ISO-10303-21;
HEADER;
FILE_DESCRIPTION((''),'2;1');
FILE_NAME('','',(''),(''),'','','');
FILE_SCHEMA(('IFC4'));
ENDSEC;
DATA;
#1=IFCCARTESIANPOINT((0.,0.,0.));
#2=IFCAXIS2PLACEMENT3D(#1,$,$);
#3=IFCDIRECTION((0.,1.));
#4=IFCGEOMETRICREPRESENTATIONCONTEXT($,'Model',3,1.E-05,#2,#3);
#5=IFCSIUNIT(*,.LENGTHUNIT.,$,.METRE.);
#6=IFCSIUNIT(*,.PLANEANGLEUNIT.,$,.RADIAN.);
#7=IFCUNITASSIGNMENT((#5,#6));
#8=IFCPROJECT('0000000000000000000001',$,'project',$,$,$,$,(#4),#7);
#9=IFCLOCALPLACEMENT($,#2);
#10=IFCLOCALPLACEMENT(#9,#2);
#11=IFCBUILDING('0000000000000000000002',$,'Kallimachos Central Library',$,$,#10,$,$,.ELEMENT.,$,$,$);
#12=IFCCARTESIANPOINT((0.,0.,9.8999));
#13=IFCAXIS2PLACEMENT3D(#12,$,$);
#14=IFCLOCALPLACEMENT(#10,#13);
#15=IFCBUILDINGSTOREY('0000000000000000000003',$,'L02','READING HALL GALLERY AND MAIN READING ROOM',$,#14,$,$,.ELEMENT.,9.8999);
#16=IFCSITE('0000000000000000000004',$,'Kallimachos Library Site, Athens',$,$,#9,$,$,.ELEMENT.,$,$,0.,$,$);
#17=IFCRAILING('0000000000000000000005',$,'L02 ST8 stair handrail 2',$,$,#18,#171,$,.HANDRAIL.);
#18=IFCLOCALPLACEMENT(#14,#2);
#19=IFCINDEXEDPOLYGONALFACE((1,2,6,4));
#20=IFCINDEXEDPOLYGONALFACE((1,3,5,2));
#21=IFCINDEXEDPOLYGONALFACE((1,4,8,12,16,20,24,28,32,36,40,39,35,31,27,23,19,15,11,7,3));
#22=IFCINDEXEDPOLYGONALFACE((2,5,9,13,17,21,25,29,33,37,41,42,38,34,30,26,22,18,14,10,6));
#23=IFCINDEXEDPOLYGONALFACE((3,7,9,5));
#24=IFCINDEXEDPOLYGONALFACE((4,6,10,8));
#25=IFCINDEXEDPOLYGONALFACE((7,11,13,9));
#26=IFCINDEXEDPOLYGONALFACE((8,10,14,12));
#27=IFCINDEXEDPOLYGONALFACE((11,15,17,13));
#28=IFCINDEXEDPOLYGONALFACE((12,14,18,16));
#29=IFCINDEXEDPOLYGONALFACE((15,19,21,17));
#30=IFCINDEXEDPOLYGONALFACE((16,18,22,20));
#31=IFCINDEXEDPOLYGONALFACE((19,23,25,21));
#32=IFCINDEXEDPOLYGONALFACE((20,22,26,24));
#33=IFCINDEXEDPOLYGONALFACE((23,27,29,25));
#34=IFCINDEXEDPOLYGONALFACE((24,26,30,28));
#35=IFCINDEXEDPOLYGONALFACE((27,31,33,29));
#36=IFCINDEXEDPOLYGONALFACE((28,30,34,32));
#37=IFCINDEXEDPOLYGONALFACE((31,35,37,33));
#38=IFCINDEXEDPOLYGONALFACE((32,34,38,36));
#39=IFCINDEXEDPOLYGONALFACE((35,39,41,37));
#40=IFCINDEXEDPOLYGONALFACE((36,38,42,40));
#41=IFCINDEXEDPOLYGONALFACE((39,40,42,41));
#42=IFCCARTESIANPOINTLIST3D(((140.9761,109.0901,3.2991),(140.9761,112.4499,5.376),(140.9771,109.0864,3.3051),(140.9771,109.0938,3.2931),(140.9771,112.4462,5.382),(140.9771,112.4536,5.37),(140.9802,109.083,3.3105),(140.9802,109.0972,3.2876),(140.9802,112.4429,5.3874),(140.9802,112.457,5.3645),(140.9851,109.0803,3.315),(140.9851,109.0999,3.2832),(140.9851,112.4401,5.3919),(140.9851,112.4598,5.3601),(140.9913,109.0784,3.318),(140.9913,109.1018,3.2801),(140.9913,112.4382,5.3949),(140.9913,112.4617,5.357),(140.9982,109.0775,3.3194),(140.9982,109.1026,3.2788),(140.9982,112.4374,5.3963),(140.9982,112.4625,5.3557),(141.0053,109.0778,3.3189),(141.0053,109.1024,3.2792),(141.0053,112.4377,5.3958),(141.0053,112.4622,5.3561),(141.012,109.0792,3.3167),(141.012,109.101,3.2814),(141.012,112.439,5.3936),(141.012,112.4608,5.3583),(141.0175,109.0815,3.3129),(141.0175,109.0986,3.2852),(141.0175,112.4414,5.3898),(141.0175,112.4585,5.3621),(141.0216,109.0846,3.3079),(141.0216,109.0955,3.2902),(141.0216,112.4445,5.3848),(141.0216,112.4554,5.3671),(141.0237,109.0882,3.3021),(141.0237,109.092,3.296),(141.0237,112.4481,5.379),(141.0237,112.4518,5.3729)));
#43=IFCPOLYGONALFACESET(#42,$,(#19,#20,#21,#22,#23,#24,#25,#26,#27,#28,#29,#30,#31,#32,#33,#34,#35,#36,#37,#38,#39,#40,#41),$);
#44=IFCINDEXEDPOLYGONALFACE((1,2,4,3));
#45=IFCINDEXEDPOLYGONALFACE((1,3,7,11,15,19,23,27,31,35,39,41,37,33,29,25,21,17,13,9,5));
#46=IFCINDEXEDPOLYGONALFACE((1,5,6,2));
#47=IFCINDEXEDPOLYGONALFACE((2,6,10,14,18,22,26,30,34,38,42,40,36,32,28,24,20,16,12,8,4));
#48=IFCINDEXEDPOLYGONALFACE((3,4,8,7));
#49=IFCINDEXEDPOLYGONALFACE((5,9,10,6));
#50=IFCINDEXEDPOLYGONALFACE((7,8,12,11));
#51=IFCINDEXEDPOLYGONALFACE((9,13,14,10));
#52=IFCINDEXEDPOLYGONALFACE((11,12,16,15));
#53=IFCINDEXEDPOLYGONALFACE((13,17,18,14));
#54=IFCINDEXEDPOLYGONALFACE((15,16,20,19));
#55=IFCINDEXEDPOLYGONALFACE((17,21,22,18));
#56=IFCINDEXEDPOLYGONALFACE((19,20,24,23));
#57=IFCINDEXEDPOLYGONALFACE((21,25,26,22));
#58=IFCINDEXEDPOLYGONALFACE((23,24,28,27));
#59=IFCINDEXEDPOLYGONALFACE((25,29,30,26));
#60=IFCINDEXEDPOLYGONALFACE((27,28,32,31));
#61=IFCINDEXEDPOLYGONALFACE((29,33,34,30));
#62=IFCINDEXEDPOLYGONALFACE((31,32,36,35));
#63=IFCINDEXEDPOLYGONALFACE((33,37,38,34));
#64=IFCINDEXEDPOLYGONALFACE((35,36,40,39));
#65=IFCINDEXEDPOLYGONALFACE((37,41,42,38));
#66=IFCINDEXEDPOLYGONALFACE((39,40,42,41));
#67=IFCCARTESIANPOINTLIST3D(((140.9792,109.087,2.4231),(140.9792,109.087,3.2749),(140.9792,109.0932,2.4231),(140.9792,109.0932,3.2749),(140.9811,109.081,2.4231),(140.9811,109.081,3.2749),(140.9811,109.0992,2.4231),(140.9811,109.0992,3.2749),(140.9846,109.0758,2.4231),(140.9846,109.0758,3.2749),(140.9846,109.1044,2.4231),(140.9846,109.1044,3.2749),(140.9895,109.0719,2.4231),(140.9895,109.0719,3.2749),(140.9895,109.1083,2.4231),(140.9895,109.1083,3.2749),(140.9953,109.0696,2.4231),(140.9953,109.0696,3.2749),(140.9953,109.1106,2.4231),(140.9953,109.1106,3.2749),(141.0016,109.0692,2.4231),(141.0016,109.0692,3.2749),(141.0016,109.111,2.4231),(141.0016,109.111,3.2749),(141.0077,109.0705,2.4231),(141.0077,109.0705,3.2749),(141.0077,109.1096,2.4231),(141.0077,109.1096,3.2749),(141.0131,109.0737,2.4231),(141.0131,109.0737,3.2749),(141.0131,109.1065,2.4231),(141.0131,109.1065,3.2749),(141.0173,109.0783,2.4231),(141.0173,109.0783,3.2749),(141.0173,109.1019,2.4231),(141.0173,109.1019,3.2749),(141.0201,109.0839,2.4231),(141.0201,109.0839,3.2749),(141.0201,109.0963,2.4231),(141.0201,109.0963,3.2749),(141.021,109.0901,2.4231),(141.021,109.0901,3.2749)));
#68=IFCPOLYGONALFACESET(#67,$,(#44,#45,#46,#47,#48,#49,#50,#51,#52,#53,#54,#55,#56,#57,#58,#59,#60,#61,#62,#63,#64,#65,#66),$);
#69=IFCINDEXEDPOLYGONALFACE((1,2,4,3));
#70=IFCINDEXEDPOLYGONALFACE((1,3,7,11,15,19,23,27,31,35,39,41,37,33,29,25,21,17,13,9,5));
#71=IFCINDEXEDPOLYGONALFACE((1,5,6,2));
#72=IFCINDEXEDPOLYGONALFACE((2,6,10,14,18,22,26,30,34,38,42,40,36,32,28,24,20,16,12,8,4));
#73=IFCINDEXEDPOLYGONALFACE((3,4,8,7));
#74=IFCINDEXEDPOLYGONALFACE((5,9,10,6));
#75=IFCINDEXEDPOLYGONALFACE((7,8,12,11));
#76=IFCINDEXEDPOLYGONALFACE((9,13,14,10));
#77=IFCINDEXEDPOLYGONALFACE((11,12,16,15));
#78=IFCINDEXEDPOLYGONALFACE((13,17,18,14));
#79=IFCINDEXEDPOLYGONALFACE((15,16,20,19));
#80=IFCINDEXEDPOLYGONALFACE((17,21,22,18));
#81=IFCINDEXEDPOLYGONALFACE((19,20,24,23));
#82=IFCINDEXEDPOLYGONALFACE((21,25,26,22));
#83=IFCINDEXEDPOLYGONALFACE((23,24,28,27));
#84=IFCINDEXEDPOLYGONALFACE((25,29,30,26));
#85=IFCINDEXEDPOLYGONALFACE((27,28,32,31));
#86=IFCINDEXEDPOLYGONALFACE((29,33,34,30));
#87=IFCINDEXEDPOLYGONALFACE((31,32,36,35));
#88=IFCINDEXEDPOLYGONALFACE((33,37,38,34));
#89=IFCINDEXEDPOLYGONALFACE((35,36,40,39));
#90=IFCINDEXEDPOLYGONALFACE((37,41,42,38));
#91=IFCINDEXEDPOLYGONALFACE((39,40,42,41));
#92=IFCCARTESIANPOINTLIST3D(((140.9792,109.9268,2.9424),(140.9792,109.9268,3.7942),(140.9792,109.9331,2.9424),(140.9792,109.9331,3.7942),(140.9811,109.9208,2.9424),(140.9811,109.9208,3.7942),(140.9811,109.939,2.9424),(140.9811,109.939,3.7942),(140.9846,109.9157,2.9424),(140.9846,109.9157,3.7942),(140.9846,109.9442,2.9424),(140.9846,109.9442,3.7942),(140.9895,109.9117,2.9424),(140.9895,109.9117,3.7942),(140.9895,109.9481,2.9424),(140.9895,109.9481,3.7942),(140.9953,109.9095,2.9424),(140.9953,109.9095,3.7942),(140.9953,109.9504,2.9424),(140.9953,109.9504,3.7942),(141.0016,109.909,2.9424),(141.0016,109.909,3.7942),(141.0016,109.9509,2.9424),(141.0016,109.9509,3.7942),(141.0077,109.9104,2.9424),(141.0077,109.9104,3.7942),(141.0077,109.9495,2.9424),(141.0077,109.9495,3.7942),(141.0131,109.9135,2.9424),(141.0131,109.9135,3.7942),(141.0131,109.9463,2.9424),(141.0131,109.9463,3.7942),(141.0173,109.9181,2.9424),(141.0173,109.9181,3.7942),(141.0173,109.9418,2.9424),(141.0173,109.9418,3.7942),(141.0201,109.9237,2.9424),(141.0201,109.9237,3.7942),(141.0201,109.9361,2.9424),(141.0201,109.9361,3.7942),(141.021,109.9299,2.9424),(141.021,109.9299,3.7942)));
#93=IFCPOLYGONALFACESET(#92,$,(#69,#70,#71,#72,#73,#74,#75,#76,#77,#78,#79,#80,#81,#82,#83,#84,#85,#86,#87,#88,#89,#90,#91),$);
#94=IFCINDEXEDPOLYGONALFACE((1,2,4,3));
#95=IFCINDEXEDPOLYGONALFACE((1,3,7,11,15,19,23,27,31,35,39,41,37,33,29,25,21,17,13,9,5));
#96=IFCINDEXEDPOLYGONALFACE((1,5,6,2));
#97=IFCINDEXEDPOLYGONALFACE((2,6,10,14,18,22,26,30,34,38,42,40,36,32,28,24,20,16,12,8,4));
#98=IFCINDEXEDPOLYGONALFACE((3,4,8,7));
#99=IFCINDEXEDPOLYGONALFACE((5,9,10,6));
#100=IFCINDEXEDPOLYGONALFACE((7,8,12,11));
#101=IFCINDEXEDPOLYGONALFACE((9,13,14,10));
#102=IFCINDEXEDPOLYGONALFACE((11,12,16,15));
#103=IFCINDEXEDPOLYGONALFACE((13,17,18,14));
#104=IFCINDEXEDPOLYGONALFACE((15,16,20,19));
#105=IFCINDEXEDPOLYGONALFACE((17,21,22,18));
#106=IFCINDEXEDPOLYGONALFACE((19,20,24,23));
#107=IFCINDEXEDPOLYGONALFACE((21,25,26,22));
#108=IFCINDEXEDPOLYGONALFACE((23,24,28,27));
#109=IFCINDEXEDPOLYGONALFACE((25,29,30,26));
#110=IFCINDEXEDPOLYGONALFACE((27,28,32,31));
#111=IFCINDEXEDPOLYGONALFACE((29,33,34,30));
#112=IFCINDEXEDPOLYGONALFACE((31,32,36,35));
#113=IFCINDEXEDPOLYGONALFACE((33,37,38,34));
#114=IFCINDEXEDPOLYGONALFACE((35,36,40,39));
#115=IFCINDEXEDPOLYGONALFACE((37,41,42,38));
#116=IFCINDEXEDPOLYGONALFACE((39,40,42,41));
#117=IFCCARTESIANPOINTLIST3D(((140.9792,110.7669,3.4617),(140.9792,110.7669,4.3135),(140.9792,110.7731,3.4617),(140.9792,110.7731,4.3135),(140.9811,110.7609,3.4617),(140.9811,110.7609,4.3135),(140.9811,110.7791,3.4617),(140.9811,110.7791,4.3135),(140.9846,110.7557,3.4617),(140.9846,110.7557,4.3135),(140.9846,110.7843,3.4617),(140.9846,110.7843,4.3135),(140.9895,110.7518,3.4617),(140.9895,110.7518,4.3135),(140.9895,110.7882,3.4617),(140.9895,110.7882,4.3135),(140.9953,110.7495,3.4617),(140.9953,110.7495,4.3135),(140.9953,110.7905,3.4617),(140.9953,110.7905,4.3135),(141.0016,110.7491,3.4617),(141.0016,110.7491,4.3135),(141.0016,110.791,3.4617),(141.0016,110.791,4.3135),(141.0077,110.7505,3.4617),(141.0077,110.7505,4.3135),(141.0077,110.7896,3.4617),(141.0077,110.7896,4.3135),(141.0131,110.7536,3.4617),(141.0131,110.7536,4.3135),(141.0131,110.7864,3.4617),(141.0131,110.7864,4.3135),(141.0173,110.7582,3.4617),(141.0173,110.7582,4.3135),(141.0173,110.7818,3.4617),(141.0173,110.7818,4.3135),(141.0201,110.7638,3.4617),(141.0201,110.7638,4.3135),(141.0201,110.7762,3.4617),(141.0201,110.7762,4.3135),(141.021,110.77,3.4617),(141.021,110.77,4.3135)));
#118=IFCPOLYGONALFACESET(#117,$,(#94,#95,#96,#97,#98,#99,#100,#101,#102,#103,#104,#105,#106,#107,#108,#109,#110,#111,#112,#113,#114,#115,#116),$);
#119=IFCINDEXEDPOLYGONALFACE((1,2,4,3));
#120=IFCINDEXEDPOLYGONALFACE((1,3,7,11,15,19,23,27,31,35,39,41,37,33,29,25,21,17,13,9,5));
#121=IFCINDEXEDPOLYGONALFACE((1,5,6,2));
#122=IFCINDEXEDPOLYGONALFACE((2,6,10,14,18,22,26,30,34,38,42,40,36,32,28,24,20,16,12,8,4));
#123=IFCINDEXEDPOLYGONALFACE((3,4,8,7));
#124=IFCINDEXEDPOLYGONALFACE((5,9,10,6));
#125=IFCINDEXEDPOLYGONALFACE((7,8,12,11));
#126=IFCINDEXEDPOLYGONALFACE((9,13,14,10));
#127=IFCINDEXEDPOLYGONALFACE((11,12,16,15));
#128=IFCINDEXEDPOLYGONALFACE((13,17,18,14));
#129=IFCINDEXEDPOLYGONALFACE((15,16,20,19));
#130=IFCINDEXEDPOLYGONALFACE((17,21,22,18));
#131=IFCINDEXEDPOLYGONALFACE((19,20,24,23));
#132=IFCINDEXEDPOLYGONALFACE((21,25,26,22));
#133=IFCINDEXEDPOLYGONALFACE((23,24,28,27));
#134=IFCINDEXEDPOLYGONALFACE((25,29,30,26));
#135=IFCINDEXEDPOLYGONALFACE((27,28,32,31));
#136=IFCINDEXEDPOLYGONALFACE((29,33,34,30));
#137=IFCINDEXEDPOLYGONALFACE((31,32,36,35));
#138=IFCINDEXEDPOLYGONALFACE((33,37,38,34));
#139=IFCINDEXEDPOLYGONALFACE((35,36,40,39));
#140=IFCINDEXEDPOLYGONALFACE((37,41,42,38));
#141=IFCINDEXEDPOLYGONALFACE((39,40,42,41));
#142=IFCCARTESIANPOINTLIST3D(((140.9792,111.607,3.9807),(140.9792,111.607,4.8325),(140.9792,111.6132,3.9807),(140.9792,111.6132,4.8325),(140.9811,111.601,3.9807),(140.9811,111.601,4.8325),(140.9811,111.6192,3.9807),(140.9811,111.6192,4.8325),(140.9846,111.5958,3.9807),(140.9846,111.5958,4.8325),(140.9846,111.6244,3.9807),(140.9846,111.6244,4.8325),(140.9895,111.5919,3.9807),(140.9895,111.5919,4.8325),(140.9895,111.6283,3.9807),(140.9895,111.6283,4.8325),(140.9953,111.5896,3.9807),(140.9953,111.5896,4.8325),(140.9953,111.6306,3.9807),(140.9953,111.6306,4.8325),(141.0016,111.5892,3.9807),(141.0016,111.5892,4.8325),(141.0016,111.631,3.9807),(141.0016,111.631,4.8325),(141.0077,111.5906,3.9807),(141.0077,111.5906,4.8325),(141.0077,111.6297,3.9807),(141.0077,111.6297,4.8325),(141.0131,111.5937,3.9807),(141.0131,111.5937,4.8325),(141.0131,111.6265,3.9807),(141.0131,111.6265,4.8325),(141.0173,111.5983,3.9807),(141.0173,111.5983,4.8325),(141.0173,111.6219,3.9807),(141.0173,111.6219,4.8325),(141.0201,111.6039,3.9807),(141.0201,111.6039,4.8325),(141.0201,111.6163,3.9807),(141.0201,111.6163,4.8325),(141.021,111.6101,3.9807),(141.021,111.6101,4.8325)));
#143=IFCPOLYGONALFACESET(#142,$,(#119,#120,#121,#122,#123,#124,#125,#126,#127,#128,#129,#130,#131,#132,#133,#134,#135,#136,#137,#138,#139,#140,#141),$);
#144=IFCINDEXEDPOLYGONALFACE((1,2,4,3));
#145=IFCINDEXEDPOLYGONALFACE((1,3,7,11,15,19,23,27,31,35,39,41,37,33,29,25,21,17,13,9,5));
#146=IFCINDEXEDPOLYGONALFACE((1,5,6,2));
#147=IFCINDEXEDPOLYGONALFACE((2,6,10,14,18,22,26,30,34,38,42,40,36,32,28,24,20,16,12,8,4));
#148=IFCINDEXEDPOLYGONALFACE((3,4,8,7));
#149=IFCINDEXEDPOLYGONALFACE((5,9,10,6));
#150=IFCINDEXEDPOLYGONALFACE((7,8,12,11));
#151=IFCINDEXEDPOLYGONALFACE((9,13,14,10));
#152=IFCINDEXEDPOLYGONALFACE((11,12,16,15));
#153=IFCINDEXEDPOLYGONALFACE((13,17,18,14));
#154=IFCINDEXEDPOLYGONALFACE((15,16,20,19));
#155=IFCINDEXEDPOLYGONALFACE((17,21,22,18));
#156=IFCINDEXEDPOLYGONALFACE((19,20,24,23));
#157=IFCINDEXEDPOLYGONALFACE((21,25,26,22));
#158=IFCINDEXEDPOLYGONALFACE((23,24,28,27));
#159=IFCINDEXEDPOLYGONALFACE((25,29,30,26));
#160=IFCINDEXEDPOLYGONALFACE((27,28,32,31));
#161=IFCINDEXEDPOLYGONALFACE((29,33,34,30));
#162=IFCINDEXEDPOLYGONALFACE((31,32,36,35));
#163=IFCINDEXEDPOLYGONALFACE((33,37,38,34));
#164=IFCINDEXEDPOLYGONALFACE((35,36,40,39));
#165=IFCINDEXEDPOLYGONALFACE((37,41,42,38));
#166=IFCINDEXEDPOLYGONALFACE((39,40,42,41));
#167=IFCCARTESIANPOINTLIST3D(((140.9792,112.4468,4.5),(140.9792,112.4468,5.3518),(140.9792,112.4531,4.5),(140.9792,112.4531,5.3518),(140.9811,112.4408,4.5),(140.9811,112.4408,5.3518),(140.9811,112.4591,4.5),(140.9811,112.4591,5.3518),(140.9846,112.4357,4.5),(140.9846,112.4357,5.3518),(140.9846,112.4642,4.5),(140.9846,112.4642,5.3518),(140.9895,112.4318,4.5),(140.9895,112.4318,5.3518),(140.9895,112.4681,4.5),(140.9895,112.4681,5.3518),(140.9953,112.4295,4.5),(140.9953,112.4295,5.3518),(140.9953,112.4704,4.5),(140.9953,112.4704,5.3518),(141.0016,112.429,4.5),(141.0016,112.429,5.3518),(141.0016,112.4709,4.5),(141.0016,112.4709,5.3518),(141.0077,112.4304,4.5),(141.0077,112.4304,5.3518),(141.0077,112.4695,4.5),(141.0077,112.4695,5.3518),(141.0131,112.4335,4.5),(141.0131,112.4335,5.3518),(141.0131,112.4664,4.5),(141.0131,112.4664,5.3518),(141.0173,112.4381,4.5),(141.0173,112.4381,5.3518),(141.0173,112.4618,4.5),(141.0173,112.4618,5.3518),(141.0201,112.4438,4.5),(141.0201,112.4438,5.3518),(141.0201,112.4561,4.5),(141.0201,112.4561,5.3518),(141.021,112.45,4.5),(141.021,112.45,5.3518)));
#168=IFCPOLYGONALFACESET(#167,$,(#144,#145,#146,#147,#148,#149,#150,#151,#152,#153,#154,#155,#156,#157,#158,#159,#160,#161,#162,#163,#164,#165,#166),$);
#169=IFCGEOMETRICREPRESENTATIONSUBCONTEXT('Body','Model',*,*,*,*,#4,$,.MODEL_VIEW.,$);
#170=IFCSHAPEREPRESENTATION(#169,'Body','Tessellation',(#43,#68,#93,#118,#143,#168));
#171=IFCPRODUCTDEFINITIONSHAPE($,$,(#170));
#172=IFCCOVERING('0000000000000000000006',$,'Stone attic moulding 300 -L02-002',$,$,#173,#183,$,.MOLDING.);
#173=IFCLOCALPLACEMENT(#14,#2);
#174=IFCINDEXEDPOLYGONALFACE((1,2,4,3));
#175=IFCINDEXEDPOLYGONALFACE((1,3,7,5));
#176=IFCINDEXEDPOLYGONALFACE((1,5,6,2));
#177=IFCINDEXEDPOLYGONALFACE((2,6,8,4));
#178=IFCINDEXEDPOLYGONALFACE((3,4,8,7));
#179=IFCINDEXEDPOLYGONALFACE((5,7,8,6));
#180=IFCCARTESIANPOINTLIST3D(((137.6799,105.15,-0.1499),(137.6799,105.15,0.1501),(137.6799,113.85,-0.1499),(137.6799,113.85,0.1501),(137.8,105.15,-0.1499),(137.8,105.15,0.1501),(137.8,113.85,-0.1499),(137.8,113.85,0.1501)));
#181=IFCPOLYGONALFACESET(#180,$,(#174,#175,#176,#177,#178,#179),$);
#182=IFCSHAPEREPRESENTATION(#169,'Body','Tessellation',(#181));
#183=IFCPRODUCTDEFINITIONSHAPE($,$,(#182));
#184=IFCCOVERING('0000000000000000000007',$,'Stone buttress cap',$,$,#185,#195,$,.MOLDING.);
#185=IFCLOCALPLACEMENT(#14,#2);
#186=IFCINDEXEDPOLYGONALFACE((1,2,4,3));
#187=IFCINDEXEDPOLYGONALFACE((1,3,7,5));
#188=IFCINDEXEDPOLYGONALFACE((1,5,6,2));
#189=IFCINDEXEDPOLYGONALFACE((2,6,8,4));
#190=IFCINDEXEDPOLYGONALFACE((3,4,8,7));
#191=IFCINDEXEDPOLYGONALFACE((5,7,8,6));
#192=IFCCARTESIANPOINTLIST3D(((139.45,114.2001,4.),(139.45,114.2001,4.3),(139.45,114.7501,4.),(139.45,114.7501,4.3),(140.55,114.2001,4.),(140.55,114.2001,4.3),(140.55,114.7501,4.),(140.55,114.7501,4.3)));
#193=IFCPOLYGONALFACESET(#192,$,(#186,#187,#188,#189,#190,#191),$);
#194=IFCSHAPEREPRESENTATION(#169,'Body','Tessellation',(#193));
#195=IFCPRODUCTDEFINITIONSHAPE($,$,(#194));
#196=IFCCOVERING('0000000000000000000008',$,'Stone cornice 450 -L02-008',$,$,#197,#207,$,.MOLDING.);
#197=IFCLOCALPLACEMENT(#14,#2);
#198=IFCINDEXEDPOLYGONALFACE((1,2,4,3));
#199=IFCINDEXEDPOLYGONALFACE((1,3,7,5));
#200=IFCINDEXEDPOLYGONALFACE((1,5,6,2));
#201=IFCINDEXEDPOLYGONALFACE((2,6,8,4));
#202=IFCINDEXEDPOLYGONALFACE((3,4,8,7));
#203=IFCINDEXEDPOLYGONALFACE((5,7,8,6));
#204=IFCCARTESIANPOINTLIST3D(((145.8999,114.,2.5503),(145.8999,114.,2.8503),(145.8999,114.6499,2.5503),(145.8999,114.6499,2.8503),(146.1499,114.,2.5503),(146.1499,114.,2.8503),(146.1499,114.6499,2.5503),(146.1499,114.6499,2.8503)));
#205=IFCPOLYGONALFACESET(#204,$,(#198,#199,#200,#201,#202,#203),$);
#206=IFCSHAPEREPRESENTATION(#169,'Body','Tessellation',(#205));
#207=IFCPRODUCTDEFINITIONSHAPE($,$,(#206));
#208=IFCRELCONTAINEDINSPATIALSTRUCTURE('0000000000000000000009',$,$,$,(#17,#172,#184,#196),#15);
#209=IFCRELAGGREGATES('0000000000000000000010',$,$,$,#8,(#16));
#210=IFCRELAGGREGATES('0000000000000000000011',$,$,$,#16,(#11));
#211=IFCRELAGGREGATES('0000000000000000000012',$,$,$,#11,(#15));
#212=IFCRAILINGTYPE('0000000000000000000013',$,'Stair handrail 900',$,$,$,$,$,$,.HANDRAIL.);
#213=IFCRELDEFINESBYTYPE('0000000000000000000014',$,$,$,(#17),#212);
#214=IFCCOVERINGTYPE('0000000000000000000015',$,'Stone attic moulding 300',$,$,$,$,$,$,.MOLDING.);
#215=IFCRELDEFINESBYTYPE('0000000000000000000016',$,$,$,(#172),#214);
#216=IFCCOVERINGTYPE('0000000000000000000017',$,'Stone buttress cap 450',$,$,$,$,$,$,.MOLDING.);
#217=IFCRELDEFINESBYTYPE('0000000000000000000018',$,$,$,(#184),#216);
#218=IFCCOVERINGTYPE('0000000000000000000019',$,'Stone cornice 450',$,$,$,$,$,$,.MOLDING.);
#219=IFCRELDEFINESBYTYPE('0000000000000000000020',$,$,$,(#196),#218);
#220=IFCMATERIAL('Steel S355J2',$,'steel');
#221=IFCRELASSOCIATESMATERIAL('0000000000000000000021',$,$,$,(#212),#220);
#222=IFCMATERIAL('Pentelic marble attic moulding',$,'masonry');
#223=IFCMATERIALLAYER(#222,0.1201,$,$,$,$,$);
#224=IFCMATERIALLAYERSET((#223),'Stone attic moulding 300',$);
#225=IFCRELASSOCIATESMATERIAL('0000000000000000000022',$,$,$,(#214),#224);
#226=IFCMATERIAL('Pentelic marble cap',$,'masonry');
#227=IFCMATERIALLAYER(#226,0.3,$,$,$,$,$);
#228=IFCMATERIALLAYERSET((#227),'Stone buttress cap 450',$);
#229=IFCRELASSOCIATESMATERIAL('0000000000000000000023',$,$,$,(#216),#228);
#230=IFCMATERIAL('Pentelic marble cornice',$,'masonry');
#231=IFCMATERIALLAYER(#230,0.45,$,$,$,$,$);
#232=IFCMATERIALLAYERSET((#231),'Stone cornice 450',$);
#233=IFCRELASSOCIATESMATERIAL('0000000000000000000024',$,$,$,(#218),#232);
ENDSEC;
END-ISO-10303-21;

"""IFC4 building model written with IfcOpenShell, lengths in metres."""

from ifc_helpers import new_model, si_unit, direction, frame, origin, origin_2d, place, context, subcontext, project, spatial, rectangle, circle, extrude, material, layer, layer_set, type_object, element, save


model = new_model("IFC4")

# Units and contexts
model_context = context("Model", 3, precision=1e-05, world=origin(), true_north=direction((0.0, 1.0)))
body_context = subcontext(model_context, "Body", "Model", "MODEL_VIEW")
ifc_project = project(units=[si_unit("LENGTHUNIT", "METRE"), si_unit("PLANEANGLEUNIT", "RADIAN")], contexts=[model_context])

# Site, building, storey
site_placement = place(None, origin())
site = spatial("IfcSite", under=ifc_project, at=site_placement, Name="Kallimachos Library Site, Athens", CompositionType="ELEMENT", RefElevation=0.0)
building_placement = place(site_placement, origin())
building = spatial("IfcBuilding", under=site, at=building_placement, Name="Kallimachos Central Library", CompositionType="ELEMENT")
storey_placement = place(building_placement, frame((0.0, 0.0, 9.8999)))
storey = spatial("IfcBuildingStorey", under=building, at=storey_placement, Name="L02", Description="READING HALL GALLERY AND MAIN READING ROOM", CompositionType="ELEMENT", Elevation=9.8999)

# Railing
ifc_material_1 = material(Name="Steel S355J2", Category="steel")
railing_type_1 = type_object("IfcRailingType", Name="Stair handrail 900", PredefinedType="HANDRAIL", material=ifc_material_1)
railing_1_placement = place(storey_placement, frame((141.0, 109.0901, 2.4231)))
element("IfcRailing", 1, at=railing_1_placement, inside=storey, type_object=railing_type_1, Name="L02 ST8 stair handrail 2", PredefinedType="HANDRAIL", context=body_context, shape_type="SweptSolid", body=[
    extrude(circle(Radius=0.0239, at=origin_2d()), frame((0.0, 0.0, 0.876), z_axis=(0.0, 0.850606, 0.525803), x_axis=(-1.0, 0.0, 0.0)), (0.0, 0.0, 1.0), 3.95),
    extrude(circle(Radius=0.021, at=origin_2d()), origin(), (0.0, 0.0, 1.0), 0.8518),
    extrude(circle(Radius=0.021, at=origin_2d()), frame((0.0, 0.8398, 0.5193)), (0.0, 0.0, 1.0), 0.8518),
    extrude(circle(Radius=0.021, at=origin_2d()), frame((0.0, 1.6799, 1.0386)), (0.0, 0.0, 1.0), 0.8518),
    extrude(circle(Radius=0.021, at=origin_2d()), frame((0.0, 2.52, 1.5576)), (0.0, 0.0, 1.0), 0.8518),
    extrude(circle(Radius=0.021, at=origin_2d()), frame((0.0, 3.3599, 2.0769)), (0.0, 0.0, 1.0), 0.8518),
])

# Coverings
ifc_material_2 = material(Name="Pentelic marble attic moulding", Category="masonry")
ifc_layer_1 = layer(ifc_material_2, 0.1201)
ifc_layer_set_1 = layer_set([ifc_layer_1], Name="Stone attic moulding 300")
covering_type_1 = type_object("IfcCoveringType", Name="Stone attic moulding 300", PredefinedType="MOLDING", material=ifc_layer_set_1)
covering_1_placement = place(storey_placement, frame((137.74, 109.5, -0.1499), z_axis=(0.0, 0.0, 1.0), x_axis=(1.0, 0.0, 0.0)))
element("IfcCovering", 2, at=covering_1_placement, inside=storey, type_object=covering_type_1, Name="Stone attic moulding 300 -L02-002", PredefinedType="MOLDING", context=body_context, shape_type="SweptSolid", body=[
    extrude(rectangle(XDim=0.1201, YDim=8.7, at=origin_2d()), origin(), (0.0, 0.0, 1.0), 0.3),
])
ifc_material_3 = material(Name="Pentelic marble cap", Category="masonry")
ifc_layer_2 = layer(ifc_material_3, 0.3)
ifc_layer_set_2 = layer_set([ifc_layer_2], Name="Stone buttress cap 450")
covering_type_2 = type_object("IfcCoveringType", Name="Stone buttress cap 450", PredefinedType="MOLDING", material=ifc_layer_set_2)
covering_2_placement = place(storey_placement, frame((140.0, 114.4751, 4.0), z_axis=(0.0, 0.0, 1.0), x_axis=(1.0, 0.0, 0.0)))
element("IfcCovering", 3, at=covering_2_placement, inside=storey, type_object=covering_type_2, Name="Stone buttress cap", PredefinedType="MOLDING", context=body_context, shape_type="SweptSolid", body=[
    extrude(rectangle(XDim=1.1001, YDim=0.55, at=origin_2d()), origin(), (0.0, 0.0, 1.0), 0.3),
])
ifc_material_4 = material(Name="Pentelic marble cornice", Category="masonry")
ifc_layer_3 = layer(ifc_material_4, 0.45)
ifc_layer_set_3 = layer_set([ifc_layer_3], Name="Stone cornice 450")
covering_type_3 = type_object("IfcCoveringType", Name="Stone cornice 450", PredefinedType="MOLDING", material=ifc_layer_set_3)
covering_3_placement = place(storey_placement, frame((146.0249, 114.325, 2.5503), z_axis=(0.0, 0.0, 1.0), x_axis=(1.0, 0.0, 0.0)))
element("IfcCovering", 4, at=covering_3_placement, inside=storey, type_object=covering_type_3, Name="Stone cornice 450 -L02-008", PredefinedType="MOLDING", context=body_context, shape_type="SweptSolid", body=[
    extrude(rectangle(XDim=0.25, YDim=0.6499, at=origin_2d()), origin(), (0.0, 0.0, 1.0), 0.3),
])

save(model, "model.ifc")
